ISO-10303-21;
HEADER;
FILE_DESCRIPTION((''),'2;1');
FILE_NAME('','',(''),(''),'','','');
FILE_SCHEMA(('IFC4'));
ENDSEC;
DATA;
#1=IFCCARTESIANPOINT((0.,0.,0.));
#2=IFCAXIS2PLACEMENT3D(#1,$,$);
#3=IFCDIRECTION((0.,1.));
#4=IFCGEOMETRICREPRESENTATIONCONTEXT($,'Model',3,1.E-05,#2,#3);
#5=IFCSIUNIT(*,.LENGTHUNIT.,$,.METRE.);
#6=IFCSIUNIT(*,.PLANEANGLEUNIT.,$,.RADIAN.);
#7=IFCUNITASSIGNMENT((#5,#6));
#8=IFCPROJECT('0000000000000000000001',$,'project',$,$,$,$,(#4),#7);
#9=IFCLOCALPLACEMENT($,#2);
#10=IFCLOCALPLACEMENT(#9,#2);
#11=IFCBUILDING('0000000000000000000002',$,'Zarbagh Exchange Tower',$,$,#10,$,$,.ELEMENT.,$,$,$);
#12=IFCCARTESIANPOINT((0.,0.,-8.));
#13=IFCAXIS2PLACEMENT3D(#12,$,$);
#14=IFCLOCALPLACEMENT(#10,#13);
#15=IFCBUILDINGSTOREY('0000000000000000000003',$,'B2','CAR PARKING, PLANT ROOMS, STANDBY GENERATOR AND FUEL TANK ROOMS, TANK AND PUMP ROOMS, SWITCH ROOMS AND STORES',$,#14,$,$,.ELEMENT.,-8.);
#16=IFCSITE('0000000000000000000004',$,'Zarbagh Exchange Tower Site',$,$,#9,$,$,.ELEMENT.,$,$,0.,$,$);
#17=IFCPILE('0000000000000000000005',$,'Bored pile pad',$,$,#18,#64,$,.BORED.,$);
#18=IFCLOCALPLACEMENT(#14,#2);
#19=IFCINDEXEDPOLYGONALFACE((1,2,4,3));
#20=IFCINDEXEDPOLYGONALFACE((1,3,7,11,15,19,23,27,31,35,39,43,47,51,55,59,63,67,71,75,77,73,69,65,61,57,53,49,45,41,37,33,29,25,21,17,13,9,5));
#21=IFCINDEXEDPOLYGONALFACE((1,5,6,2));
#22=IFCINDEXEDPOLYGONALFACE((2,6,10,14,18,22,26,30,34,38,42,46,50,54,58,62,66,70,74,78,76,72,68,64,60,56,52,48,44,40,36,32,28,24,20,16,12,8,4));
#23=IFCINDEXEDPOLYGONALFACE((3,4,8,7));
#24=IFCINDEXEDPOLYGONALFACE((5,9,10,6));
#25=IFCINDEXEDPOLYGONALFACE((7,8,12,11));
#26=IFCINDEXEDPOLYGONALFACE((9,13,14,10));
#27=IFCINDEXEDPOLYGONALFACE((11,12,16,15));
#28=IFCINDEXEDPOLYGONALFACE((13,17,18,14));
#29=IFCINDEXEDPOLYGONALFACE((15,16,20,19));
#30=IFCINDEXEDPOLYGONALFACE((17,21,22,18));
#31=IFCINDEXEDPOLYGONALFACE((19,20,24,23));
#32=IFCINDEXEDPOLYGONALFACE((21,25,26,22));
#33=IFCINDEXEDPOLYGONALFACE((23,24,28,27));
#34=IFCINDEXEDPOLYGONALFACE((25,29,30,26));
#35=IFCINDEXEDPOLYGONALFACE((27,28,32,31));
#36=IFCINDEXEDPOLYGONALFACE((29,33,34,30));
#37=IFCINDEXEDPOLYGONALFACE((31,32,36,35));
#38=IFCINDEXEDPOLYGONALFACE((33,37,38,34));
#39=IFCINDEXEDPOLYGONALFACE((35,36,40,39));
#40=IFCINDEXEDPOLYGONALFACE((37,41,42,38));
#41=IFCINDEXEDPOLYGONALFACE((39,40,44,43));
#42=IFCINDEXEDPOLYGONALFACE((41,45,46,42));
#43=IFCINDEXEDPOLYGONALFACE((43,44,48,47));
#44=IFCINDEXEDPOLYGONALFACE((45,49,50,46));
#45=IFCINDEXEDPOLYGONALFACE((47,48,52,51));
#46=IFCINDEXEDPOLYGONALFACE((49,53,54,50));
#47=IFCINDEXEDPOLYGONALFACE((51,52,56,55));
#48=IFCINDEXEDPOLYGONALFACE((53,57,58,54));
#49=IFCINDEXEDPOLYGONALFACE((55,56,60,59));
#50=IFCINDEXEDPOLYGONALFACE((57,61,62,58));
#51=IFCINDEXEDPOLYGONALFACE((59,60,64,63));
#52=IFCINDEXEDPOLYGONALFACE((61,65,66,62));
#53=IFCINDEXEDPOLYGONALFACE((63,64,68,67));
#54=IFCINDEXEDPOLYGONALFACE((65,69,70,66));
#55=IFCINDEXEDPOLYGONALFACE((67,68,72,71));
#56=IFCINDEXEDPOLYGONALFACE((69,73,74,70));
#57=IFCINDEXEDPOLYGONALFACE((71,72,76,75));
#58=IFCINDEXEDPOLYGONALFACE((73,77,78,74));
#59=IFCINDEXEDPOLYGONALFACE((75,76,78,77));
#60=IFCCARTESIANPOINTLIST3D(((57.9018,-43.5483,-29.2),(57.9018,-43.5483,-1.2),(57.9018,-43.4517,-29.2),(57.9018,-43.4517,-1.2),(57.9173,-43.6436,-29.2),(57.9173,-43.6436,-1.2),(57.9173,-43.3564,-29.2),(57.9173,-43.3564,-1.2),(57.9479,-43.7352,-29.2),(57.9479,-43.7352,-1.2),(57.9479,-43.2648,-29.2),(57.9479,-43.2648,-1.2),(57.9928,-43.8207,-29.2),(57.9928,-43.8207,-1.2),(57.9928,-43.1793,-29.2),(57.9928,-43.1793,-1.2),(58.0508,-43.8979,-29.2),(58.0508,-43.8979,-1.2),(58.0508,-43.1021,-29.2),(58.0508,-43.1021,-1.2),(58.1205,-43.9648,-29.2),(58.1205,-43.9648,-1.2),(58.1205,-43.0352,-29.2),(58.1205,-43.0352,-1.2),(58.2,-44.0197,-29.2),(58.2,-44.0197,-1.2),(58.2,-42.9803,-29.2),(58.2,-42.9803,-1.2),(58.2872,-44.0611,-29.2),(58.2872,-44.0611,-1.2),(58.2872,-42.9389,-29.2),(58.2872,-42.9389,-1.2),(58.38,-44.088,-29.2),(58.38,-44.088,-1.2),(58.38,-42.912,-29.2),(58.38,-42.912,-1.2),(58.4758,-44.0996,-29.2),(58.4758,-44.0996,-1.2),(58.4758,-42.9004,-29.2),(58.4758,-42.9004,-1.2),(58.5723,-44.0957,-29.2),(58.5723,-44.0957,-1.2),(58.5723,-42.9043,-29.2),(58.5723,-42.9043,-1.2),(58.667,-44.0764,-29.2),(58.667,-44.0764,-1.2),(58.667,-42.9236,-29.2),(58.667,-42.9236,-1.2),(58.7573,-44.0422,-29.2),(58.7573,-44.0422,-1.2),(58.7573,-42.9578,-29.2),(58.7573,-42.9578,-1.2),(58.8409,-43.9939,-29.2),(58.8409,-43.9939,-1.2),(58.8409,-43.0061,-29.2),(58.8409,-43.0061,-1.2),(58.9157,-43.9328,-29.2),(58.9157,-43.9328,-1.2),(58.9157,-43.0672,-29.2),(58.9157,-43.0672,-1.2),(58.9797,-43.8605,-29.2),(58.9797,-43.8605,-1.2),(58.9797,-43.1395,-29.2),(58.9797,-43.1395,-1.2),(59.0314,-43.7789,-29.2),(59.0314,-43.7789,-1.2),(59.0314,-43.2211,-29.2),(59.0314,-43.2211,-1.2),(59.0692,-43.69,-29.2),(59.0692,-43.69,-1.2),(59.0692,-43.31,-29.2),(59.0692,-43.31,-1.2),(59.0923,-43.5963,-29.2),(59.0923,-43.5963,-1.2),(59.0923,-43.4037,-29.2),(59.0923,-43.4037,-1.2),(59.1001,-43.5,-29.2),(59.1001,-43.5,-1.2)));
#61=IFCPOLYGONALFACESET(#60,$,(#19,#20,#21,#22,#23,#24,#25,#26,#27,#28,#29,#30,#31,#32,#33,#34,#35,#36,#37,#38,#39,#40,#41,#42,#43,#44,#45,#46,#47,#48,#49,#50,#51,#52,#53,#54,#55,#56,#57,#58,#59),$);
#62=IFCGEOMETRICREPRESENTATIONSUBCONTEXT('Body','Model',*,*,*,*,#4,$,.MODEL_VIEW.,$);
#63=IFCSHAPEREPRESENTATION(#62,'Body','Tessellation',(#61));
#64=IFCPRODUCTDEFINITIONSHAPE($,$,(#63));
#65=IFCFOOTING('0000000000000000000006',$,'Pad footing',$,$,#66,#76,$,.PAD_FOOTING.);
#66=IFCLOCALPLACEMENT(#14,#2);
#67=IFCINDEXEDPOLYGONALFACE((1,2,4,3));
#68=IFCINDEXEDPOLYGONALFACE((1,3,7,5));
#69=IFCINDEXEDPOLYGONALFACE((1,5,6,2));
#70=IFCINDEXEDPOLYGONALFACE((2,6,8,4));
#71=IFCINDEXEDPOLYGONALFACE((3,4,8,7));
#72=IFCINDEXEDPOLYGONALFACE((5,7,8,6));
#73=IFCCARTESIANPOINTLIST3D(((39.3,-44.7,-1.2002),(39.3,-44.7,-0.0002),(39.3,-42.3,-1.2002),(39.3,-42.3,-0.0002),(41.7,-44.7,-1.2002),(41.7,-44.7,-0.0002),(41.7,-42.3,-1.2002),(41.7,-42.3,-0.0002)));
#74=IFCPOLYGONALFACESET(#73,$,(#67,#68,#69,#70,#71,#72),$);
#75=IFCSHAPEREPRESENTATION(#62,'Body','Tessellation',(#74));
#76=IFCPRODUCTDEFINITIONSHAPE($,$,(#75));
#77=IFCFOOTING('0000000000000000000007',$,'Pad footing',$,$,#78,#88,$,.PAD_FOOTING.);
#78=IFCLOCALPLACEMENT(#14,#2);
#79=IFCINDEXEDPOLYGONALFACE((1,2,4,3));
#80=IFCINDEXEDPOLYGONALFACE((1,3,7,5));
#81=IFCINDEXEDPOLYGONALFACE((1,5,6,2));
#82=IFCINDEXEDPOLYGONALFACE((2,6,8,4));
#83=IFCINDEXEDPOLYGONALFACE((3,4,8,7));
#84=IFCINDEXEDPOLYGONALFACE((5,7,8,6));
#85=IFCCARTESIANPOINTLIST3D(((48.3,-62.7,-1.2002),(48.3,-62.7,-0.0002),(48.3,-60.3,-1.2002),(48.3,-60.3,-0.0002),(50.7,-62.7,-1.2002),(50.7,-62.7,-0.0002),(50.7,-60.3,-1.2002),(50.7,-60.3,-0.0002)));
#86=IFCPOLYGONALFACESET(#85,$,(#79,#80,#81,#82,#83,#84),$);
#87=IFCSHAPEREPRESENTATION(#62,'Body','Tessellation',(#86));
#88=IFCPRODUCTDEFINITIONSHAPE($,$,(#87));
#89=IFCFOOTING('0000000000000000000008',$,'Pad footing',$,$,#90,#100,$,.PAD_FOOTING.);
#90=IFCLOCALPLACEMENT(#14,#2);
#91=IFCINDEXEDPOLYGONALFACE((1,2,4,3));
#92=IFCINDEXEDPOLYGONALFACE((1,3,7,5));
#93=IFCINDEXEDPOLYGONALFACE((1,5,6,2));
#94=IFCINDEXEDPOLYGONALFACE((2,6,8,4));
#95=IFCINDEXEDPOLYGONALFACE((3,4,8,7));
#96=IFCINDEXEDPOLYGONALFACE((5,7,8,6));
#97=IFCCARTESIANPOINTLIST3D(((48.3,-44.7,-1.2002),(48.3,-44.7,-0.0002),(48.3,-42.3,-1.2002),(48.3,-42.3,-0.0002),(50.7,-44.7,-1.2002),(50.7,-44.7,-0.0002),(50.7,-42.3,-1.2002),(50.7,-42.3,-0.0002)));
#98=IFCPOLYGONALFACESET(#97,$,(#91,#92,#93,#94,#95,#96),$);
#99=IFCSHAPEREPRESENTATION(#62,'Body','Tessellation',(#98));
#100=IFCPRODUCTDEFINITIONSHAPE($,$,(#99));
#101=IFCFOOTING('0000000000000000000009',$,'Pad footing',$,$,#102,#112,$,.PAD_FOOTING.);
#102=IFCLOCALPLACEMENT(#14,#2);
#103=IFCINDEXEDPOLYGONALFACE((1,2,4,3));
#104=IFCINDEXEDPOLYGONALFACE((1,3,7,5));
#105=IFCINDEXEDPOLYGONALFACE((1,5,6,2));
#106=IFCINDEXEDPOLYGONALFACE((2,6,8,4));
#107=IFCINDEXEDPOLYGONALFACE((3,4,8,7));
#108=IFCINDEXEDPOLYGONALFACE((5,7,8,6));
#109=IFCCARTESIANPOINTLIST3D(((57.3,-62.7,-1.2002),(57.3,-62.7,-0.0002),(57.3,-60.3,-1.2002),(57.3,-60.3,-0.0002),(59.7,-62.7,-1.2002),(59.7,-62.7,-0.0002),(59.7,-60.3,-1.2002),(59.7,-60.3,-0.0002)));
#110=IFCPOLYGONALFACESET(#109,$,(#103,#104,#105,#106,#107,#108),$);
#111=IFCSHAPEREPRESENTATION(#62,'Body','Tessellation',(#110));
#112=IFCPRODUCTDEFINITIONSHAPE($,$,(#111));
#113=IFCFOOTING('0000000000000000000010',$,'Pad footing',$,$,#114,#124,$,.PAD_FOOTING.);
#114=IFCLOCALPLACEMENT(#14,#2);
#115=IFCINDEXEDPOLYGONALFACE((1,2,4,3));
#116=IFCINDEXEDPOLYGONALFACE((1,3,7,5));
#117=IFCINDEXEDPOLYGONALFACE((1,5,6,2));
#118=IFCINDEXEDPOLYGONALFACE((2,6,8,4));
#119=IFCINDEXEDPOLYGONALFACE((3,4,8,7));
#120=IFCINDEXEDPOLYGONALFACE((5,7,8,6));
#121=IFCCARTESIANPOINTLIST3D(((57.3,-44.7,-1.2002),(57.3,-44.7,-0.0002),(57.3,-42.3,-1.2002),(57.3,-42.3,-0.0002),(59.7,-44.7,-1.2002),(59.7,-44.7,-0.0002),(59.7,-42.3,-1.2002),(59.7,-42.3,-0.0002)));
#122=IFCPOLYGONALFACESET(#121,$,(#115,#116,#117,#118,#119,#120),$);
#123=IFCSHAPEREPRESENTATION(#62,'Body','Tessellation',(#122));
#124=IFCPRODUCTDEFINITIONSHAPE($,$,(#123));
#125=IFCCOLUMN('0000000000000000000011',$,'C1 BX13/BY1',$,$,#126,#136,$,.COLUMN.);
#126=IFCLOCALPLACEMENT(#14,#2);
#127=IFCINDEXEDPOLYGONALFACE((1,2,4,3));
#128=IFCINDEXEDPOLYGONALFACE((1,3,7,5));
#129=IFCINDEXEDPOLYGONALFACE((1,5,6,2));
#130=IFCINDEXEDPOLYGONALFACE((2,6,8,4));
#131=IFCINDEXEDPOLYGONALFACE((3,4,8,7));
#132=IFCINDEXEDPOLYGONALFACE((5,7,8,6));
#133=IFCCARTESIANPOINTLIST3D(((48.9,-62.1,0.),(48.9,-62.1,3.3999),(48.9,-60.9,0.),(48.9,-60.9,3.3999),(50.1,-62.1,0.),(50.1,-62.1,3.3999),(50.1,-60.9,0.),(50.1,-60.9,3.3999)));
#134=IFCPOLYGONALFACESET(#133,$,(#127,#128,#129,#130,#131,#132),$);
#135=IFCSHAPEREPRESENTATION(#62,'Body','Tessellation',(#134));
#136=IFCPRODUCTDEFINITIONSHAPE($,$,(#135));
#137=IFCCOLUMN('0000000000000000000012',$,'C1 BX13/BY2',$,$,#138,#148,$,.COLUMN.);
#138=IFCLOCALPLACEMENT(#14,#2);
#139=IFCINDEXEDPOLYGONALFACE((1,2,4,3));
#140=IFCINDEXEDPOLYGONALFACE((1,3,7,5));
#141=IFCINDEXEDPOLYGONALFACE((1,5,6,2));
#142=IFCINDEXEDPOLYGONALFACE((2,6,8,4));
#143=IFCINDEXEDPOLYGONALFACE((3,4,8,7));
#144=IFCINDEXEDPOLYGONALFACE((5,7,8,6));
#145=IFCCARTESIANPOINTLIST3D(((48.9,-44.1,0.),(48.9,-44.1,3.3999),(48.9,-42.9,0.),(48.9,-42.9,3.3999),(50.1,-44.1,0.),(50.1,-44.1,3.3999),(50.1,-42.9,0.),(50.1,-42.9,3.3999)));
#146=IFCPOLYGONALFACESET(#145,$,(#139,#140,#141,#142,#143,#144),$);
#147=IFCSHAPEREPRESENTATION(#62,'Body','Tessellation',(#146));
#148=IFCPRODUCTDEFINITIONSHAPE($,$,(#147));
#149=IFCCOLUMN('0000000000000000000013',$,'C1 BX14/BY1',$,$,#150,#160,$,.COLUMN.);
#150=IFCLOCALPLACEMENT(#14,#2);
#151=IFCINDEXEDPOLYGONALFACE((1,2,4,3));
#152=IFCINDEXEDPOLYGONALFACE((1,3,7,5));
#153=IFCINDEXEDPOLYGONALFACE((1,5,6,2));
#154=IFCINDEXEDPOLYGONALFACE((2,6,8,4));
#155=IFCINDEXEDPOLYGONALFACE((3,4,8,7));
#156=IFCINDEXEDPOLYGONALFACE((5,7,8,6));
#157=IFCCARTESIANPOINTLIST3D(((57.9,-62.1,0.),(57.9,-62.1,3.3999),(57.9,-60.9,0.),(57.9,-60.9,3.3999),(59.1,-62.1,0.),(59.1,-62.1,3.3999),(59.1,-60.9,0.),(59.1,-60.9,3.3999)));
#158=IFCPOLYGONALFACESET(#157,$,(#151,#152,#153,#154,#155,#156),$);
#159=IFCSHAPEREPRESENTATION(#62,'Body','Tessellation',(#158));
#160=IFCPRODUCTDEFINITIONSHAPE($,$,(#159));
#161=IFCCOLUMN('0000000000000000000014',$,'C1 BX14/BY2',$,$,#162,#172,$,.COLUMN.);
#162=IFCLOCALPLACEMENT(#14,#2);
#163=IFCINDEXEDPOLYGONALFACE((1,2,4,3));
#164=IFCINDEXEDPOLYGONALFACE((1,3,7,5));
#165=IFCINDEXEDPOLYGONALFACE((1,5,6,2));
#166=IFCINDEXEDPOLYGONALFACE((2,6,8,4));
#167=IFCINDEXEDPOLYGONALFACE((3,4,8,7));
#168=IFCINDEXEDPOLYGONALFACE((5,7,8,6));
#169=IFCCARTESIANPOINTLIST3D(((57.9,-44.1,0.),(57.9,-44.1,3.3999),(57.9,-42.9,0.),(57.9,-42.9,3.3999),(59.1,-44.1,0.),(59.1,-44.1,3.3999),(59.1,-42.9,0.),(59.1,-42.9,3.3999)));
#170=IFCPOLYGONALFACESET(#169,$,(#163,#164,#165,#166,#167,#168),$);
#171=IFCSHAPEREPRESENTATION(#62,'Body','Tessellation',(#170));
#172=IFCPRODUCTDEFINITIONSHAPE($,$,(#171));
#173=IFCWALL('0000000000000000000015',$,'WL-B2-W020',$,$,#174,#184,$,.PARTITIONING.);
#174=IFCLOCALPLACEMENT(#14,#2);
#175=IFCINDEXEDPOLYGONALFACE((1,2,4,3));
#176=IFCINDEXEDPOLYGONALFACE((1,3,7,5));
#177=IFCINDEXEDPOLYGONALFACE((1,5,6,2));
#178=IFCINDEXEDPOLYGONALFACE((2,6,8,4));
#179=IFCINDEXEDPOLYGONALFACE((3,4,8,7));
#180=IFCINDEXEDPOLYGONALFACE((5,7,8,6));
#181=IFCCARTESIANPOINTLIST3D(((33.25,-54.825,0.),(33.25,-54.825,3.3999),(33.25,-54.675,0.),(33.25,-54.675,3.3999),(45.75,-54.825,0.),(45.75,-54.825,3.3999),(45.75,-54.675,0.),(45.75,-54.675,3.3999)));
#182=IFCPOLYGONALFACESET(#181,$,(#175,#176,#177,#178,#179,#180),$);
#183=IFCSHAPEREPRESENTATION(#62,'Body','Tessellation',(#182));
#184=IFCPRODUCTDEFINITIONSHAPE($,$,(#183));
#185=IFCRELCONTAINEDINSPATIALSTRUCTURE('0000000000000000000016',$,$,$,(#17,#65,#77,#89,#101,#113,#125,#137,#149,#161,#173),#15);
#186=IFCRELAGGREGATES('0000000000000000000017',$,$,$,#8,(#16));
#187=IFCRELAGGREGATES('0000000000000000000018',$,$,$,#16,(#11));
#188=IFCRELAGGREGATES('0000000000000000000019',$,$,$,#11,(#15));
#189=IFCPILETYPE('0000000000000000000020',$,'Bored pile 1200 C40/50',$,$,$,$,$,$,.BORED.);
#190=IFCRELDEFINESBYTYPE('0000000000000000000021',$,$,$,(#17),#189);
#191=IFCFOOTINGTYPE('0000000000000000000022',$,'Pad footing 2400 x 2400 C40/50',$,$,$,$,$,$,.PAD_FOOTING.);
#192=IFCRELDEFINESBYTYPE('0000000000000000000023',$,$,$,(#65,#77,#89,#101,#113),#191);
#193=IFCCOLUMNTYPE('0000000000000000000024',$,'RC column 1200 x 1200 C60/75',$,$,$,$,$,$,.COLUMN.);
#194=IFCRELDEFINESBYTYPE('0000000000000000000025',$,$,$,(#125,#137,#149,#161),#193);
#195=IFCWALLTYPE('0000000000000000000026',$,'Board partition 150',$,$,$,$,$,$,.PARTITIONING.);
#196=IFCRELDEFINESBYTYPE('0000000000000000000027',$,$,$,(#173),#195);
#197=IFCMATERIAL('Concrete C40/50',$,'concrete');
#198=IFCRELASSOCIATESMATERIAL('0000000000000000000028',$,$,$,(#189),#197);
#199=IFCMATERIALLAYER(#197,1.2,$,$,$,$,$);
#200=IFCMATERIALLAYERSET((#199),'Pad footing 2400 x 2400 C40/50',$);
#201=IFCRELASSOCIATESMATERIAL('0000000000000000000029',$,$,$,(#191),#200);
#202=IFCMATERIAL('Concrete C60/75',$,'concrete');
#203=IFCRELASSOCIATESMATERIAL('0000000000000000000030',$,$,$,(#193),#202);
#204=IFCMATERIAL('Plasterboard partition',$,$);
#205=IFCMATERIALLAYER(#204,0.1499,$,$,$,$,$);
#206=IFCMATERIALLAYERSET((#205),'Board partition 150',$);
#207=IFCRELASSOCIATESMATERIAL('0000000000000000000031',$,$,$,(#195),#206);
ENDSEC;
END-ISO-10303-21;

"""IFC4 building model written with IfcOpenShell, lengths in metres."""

from ifc_helpers import new_model, si_unit, direction, frame, frame_2d, origin, origin_2d, place, context, subcontext, project, spatial, rectangle, circle, extrude, material, layer, layer_set, material_profile, profile_set, type_object, element, save


model = new_model("IFC4")

# Units and contexts
model_context = context("Model", 3, precision=1e-05, world=origin(), true_north=direction((0.0, 1.0)))
body_context = subcontext(model_context, "Body", "Model", "MODEL_VIEW")
ifc_project = project(units=[si_unit("LENGTHUNIT", "METRE"), si_unit("PLANEANGLEUNIT", "RADIAN")], contexts=[model_context])

# Site, building, storey
site_placement = place(None, origin())
site = spatial("IfcSite", under=ifc_project, at=site_placement, Name="Zarbagh Exchange Tower Site", CompositionType="ELEMENT", RefElevation=0.0)
building_placement = place(site_placement, origin())
building = spatial("IfcBuilding", under=site, at=building_placement, Name="Zarbagh Exchange Tower", CompositionType="ELEMENT")
storey_placement = place(building_placement, frame((0.0, 0.0, -8.0)))
storey = spatial("IfcBuildingStorey", under=building, at=storey_placement, Name="B2", Description="CAR PARKING, PLANT ROOMS, STANDBY GENERATOR AND FUEL TANK ROOMS, TANK AND PUMP ROOMS, SWITCH ROOMS AND STORES", CompositionType="ELEMENT", Elevation=-8.0)

# Pile
ifc_material_1 = material(Name="Concrete C40/50", Category="concrete")
ifc_material_profile_1 = material_profile(ifc_material_1, circle(Radius=0.6001, at=origin_2d()), Name="Bored pile 1200 C40/50")
ifc_profile_set_1 = profile_set([ifc_material_profile_1], Name="Concrete C40/50")
pile_type = type_object("IfcPileType", Name="Bored pile 1200 C40/50", PredefinedType="BORED", material=ifc_profile_set_1)
for number, where, z_axis, x_axis, name in (
    (1, (58.5, -43.5, -1.2), (0.0, 0.0, -1.0), (1.0, 0.0, 0.0), "Bored pile pad"),
):
    element("IfcPile", number, at=place(storey_placement, frame(where, z_axis=z_axis, x_axis=x_axis)), inside=storey, type_object=pile_type, Name=name, PredefinedType="BORED", context=body_context, shape_type="SweptSolid", body=[
        extrude(circle(Radius=0.6001, at=origin_2d()), origin(), (0.0, 0.0, 1.0), 28.0),
    ])

# Footings
ifc_layer_1 = layer(ifc_material_1, 1.2)
ifc_layer_set_1 = layer_set([ifc_layer_1], Name="Pad footing 2400 x 2400 C40/50")
footing_type = type_object("IfcFootingType", Name="Pad footing 2400 x 2400 C40/50", PredefinedType="PAD_FOOTING", material=ifc_layer_set_1)
for number, where, z_axis, x_axis, name in (
    (2, (40.5, -43.5, -1.2002), (0.0, 0.0, 1.0), (1.0, 0.0, 0.0), "Pad footing"),
    (3, (49.5, -61.5, -1.2002), (0.0, 0.0, 1.0), (1.0, 0.0, 0.0), "Pad footing"),
    (4, (49.5, -43.5, -1.2002), (0.0, 0.0, 1.0), (1.0, 0.0, 0.0), "Pad footing"),
    (5, (58.5, -61.5, -1.2002), (0.0, 0.0, 1.0), (1.0, 0.0, 0.0), "Pad footing"),
    (6, (58.5, -43.5, -1.2002), (0.0, 0.0, 1.0), (1.0, 0.0, 0.0), "Pad footing"),
):
    element("IfcFooting", number, at=place(storey_placement, frame(where, z_axis=z_axis, x_axis=x_axis)), inside=storey, type_object=footing_type, Name=name, PredefinedType="PAD_FOOTING", context=body_context, shape_type="SweptSolid", body=[
        extrude(rectangle(XDim=2.3999, YDim=2.3999, at=origin_2d()), origin(), (0.0, 0.0, 1.0), 1.2),
    ])

# Columns
ifc_material_2 = material(Name="Concrete C60/75", Category="concrete")
ifc_material_profile_2 = material_profile(ifc_material_2, rectangle(XDim=1.2, YDim=1.2, at=origin_2d()), Name="RC column 1200 x 1200 C60/75")
ifc_profile_set_2 = profile_set([ifc_material_profile_2], Name="Concrete C60/75")
column_type = type_object("IfcColumnType", Name="RC column 1200 x 1200 C60/75", PredefinedType="COLUMN", material=ifc_profile_set_2)
for number, where, z_axis, x_axis, name in (
    (7, (49.5, -61.5, 0.0), (0.0, 0.0, 1.0), (1.0, 0.0, 0.0), "C1 BX13/BY1"),
    (8, (49.5, -43.5, 0.0), (0.0, 0.0, 1.0), (1.0, 0.0, 0.0), "C1 BX13/BY2"),
    (9, (58.5, -61.5, 0.0), (0.0, 0.0, 1.0), (1.0, 0.0, 0.0), "C1 BX14/BY1"),
    (10, (58.5, -43.5, 0.0), (0.0, 0.0, 1.0), (1.0, 0.0, 0.0), "C1 BX14/BY2"),
):
    element("IfcColumn", number, at=place(storey_placement, frame(where, z_axis=z_axis, x_axis=x_axis)), inside=storey, type_object=column_type, Name=name, PredefinedType="COLUMN", context=body_context, shape_type="SweptSolid", body=[
        extrude(rectangle(XDim=1.2, YDim=1.2, at=origin_2d()), origin(), (0.0, 0.0, 1.0), 3.3999),
    ])

# Wall
ifc_material_3 = material(Name="Plasterboard partition")
ifc_layer_2 = layer(ifc_material_3, 0.1499)
ifc_layer_set_2 = layer_set([ifc_layer_2], Name="Board partition 150")
wall_type_1 = type_object("IfcWallType", Name="Board partition 150", PredefinedType="PARTITIONING", material=ifc_layer_set_2)
wall_1_placement = place(storey_placement, frame((45.75, -54.75, 0.0), z_axis=(0.0, 0.0, 1.0), x_axis=(-1.0, 0.0, 0.0)))
element("IfcWall", 11, at=wall_1_placement, inside=storey, type_object=wall_type_1, Name="WL-B2-W020", PredefinedType="PARTITIONING", context=body_context, shape_type="SweptSolid", body=[
    extrude(rectangle(XDim=12.5, YDim=0.1499, at=frame_2d((6.25, 0.0))), origin(), (0.0, 0.0, 1.0), 3.3999),
])

save(model, "model.ifc")
